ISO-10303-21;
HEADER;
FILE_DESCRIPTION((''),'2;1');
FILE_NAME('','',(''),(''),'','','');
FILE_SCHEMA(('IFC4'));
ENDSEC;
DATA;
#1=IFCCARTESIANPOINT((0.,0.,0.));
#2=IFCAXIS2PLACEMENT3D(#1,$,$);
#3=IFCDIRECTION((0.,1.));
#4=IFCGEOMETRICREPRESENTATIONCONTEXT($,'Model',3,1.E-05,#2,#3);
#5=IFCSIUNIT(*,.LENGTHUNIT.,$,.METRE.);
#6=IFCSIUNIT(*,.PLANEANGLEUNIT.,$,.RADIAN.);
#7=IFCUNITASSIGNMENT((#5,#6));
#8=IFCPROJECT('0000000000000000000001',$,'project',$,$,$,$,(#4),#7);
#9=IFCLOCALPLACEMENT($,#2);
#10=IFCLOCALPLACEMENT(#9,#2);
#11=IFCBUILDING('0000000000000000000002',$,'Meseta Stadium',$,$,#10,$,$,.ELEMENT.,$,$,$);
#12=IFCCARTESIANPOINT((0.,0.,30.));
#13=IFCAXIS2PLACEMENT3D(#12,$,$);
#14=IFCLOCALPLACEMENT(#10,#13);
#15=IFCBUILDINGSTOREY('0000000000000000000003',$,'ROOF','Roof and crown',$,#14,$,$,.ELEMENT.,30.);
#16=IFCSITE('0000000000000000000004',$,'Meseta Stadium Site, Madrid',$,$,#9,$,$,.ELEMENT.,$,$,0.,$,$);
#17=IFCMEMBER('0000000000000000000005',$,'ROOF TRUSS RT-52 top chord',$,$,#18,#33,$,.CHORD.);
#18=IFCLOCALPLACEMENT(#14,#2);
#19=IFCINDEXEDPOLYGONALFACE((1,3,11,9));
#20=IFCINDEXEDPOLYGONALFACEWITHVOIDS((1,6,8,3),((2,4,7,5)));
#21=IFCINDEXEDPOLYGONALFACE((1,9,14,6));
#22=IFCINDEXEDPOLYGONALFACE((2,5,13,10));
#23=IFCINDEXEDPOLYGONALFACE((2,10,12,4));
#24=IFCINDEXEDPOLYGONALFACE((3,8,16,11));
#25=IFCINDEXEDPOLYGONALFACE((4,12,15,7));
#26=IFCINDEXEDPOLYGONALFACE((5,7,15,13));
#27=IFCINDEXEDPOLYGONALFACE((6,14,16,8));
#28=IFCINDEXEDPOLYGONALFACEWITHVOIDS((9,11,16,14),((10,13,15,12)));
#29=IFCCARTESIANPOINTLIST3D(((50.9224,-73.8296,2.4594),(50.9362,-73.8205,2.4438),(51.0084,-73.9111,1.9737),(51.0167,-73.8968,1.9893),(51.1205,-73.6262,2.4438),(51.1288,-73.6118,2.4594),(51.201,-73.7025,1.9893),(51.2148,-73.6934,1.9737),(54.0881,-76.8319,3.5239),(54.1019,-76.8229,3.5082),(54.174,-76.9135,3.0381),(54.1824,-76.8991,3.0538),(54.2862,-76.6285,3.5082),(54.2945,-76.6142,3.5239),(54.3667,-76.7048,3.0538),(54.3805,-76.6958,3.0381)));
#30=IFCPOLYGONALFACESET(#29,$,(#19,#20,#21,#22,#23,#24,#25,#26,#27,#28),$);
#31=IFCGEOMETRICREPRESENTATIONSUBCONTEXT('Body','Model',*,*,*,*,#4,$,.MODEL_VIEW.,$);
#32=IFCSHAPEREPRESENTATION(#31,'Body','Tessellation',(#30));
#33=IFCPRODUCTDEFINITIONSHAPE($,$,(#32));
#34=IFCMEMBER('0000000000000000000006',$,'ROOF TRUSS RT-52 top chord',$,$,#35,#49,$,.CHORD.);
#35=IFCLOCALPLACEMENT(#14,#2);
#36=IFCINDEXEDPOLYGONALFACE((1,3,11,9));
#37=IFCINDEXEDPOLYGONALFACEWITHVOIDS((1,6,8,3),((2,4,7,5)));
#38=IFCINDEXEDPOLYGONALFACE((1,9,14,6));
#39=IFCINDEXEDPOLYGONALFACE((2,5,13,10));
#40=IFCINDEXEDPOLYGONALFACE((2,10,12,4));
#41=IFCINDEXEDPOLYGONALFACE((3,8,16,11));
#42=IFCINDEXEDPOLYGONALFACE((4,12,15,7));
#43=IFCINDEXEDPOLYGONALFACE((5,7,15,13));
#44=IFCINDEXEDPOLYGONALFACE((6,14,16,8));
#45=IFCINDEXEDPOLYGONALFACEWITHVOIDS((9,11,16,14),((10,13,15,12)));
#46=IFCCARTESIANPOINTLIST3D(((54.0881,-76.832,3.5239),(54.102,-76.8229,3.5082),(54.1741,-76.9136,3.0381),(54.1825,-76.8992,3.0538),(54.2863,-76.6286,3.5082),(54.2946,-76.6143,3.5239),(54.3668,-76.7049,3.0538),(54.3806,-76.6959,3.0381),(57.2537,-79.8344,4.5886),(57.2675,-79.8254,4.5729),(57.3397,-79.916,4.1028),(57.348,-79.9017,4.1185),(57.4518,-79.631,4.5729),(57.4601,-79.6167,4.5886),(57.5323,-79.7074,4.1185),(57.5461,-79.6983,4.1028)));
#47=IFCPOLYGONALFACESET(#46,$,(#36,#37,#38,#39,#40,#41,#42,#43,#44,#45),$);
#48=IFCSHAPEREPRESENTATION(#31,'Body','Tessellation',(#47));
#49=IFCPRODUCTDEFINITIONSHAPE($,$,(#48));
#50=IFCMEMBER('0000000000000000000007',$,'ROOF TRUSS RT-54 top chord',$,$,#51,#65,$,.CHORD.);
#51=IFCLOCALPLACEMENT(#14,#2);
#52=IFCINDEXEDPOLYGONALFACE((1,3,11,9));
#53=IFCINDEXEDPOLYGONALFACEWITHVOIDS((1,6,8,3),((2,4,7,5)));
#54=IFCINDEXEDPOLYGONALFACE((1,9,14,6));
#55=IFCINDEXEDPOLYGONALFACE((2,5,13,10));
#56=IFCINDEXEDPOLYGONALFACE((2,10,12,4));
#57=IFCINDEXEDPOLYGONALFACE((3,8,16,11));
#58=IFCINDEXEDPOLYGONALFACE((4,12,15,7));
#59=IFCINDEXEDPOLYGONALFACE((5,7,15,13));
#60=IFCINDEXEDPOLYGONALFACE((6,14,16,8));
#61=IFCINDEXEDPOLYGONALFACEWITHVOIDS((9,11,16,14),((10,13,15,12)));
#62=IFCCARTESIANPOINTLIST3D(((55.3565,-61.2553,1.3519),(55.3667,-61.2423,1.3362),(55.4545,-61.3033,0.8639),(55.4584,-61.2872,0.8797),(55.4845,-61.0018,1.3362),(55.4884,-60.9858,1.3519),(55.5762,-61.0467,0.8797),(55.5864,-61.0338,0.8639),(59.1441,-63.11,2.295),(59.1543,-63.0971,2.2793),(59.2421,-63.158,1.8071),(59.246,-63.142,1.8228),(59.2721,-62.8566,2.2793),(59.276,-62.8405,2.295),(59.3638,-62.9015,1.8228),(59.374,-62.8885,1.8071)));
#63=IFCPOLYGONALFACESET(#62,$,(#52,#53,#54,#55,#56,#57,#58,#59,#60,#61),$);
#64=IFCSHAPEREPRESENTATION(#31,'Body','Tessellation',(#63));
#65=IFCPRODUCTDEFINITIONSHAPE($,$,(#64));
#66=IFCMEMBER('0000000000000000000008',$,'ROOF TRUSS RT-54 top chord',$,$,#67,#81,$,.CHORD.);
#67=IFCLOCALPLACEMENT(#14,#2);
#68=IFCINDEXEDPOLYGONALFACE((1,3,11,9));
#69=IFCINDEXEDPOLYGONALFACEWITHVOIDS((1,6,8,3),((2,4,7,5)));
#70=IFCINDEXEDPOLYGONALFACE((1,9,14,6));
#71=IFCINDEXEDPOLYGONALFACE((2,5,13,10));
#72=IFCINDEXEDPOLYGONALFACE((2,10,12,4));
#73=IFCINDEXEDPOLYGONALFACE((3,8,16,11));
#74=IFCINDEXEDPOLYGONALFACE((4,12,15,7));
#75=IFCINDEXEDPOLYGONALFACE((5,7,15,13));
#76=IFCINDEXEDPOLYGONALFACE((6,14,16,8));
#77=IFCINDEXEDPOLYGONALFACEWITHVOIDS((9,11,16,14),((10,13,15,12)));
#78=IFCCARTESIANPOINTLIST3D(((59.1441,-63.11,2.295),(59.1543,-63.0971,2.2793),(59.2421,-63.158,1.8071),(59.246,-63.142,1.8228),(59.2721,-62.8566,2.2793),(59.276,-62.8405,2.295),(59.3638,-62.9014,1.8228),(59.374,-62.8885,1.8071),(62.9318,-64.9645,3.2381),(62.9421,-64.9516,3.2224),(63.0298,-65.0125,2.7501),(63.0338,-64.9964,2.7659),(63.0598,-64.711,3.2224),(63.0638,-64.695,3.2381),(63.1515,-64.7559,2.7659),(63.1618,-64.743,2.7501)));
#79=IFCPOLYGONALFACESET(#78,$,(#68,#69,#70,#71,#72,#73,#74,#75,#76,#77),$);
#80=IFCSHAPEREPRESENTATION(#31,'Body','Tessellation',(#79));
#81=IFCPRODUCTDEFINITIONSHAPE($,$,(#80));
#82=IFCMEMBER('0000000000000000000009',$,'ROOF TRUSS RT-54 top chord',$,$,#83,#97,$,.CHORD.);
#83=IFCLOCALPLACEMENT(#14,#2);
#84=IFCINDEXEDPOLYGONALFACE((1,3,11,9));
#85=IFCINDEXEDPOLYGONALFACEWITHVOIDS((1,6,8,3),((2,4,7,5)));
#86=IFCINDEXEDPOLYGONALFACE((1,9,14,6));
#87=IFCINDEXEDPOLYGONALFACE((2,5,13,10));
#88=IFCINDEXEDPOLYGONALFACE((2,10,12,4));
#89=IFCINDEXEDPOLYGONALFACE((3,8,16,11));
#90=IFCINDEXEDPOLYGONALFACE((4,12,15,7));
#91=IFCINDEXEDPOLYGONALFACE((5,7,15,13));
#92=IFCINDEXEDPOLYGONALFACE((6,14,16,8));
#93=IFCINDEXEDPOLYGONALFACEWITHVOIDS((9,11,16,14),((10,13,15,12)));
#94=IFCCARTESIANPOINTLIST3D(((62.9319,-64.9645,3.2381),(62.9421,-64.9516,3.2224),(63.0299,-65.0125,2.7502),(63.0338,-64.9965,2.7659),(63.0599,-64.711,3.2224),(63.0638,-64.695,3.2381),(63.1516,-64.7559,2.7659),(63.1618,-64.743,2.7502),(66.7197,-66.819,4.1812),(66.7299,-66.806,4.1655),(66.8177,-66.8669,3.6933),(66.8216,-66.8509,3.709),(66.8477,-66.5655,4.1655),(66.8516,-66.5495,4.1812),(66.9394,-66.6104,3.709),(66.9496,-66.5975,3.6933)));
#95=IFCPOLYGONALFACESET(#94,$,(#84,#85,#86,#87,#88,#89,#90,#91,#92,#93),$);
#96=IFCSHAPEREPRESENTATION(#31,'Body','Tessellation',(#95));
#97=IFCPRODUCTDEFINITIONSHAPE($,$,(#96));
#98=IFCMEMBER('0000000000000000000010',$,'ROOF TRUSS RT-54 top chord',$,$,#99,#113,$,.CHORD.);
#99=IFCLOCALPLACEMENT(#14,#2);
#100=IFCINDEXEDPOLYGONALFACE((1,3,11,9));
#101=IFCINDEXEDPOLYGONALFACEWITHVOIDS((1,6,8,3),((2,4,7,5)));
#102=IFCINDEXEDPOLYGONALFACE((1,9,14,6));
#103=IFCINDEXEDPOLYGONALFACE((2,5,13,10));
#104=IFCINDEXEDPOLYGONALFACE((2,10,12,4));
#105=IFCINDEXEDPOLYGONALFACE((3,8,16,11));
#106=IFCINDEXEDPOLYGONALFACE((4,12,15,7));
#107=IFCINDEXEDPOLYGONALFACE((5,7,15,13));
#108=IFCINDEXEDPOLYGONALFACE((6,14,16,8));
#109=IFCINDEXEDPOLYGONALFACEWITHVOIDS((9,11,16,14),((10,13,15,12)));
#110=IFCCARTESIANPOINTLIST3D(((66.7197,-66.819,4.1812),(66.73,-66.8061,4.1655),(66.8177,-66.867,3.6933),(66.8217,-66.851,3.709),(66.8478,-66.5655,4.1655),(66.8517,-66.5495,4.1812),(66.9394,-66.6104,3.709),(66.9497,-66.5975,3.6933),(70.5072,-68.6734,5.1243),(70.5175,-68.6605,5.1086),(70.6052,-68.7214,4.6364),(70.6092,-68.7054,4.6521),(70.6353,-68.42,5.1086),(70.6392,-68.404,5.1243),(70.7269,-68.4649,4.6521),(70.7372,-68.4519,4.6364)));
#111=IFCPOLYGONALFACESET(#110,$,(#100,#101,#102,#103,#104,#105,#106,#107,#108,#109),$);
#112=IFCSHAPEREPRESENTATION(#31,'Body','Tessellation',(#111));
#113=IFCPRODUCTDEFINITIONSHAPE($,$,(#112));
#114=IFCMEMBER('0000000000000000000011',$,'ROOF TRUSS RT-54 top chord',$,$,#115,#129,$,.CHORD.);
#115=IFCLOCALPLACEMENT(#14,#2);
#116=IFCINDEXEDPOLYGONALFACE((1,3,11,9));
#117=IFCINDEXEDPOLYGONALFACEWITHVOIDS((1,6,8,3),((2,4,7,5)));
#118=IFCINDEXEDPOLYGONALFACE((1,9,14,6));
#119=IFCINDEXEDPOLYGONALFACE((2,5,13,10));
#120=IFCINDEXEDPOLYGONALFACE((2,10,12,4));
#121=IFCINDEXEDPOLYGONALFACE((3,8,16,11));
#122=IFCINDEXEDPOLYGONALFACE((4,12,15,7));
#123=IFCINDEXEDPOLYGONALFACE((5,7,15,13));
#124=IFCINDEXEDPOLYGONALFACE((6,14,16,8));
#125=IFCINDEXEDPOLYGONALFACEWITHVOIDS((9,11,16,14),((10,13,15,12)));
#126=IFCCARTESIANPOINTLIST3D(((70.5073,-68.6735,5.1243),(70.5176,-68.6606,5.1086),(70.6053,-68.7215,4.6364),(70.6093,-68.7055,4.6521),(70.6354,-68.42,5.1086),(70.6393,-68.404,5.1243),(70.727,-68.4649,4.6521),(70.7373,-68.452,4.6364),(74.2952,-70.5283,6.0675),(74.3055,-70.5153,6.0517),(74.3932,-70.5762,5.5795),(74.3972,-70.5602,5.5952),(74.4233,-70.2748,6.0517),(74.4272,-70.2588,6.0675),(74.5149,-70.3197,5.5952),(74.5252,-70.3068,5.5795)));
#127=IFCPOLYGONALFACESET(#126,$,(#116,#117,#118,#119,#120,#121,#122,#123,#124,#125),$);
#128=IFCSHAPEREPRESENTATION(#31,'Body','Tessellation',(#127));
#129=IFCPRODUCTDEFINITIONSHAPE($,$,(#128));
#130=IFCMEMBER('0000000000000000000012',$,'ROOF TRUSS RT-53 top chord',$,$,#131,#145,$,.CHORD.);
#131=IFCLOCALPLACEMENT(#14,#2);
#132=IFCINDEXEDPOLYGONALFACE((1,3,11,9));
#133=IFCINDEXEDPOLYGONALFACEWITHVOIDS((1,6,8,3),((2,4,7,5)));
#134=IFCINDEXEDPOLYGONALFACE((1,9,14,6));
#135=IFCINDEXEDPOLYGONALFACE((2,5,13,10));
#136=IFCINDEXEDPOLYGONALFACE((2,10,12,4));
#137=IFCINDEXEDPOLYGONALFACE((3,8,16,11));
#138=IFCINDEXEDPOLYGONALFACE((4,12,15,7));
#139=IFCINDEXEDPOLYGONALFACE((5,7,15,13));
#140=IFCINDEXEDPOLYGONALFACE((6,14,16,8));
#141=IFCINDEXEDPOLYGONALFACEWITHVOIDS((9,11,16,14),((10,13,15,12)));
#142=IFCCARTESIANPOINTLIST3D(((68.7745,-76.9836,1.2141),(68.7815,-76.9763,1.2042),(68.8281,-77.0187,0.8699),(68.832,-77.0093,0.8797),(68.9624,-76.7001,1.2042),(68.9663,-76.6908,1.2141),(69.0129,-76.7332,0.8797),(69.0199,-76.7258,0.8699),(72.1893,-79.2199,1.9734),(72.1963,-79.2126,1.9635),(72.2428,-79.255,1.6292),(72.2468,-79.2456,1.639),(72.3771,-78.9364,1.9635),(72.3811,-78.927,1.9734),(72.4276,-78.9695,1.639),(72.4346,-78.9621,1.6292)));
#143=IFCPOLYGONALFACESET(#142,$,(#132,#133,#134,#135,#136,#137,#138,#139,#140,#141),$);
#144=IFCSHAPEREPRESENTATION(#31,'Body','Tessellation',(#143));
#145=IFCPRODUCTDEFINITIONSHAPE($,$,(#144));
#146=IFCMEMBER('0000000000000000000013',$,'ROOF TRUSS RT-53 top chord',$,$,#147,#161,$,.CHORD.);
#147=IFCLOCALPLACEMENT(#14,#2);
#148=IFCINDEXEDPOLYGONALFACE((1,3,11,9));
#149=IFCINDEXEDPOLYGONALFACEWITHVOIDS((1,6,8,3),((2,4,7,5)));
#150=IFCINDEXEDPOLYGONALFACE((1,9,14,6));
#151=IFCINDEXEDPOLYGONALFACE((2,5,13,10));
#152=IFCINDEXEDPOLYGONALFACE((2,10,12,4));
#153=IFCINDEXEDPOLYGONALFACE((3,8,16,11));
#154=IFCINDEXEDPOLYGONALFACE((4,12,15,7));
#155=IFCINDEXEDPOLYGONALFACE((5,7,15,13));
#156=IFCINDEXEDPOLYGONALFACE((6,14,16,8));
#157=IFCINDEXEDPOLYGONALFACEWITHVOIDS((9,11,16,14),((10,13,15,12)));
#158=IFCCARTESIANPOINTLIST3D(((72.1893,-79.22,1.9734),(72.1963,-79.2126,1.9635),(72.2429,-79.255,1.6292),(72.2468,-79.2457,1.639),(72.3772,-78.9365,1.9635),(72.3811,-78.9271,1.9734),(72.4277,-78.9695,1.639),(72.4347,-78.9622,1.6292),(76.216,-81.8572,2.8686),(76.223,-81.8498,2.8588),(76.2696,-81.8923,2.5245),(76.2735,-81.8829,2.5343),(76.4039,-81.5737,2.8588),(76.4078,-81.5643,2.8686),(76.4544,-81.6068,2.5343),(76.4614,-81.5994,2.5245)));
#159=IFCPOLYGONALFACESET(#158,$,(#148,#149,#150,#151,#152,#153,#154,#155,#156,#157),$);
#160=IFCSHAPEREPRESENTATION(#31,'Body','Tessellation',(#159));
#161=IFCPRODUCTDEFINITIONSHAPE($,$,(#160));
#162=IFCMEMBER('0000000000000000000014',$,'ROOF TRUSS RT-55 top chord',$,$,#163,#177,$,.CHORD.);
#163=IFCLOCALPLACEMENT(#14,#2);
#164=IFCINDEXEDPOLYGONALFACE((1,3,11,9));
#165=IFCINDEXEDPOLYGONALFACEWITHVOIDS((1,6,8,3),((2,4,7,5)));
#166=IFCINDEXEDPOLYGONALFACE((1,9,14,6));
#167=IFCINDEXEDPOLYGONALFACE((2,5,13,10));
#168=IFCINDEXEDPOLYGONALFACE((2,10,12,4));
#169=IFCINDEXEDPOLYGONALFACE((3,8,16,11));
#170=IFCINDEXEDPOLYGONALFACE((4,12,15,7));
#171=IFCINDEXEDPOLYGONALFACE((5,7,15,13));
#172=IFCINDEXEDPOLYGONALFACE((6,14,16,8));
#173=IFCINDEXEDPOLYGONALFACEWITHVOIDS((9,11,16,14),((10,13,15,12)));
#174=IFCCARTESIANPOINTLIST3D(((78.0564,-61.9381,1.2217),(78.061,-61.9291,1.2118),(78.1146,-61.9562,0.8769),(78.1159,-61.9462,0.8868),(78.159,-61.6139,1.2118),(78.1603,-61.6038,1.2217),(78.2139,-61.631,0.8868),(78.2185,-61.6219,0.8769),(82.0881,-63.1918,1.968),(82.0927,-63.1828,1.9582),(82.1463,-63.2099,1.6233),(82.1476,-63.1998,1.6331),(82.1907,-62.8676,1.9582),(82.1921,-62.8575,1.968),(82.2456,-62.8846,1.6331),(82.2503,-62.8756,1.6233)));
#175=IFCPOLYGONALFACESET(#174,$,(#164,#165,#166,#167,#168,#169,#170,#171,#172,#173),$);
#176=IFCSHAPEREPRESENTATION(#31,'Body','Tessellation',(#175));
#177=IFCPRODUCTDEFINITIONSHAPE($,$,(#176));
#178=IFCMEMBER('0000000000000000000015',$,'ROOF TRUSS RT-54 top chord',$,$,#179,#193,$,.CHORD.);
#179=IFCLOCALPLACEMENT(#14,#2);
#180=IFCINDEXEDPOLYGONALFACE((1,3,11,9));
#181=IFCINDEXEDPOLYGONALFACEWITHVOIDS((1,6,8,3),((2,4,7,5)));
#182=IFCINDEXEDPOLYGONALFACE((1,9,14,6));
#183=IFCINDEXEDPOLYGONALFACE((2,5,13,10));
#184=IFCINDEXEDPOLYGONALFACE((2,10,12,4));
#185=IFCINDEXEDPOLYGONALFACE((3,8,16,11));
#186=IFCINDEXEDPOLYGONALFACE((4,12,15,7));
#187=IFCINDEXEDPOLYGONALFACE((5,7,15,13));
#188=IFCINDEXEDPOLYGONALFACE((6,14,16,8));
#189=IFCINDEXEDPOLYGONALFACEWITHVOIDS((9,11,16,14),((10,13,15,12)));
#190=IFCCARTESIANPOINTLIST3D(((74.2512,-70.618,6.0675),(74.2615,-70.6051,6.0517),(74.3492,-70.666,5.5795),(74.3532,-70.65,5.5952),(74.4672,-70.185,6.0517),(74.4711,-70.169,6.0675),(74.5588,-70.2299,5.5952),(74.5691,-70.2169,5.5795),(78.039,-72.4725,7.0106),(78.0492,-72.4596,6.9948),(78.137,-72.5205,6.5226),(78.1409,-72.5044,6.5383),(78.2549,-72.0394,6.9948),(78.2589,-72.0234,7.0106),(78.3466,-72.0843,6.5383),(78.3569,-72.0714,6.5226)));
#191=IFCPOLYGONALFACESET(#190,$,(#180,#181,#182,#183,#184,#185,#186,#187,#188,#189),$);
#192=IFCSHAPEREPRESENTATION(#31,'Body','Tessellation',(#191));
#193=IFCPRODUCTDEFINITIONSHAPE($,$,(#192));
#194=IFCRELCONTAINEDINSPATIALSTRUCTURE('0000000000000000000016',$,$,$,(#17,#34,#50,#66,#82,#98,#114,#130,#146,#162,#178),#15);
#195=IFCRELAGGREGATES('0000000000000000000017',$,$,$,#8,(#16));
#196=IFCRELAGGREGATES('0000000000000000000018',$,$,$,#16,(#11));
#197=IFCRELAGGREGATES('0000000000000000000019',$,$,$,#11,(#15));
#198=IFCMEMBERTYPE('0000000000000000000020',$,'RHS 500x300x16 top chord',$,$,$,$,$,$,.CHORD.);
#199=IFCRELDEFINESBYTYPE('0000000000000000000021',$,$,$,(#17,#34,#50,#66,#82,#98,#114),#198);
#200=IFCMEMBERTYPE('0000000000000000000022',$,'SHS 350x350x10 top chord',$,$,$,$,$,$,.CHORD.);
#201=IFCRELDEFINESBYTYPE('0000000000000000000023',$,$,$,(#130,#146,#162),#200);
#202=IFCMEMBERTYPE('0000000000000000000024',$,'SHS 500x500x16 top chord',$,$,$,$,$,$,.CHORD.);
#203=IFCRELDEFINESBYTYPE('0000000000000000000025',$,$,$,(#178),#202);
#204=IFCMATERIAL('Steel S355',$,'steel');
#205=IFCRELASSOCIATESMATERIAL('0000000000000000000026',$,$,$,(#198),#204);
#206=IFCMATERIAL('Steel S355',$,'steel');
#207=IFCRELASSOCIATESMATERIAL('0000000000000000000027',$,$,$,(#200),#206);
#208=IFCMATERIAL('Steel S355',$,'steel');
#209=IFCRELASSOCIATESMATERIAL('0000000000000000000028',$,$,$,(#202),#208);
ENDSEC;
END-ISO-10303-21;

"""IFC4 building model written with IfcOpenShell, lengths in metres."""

from ifc_helpers import new_model, si_unit, direction, frame, origin, origin_2d, place, context, subcontext, project, spatial, hollow_rectangle, extrude, material, material_profile, profile_set, type_object, element, save


model = new_model("IFC4")

# Units and contexts
model_context = context("Model", 3, precision=1e-05, world=origin(), true_north=direction((0.0, 1.0)))
body_context = subcontext(model_context, "Body", "Model", "MODEL_VIEW")
ifc_project = project(units=[si_unit("LENGTHUNIT", "METRE"), si_unit("PLANEANGLEUNIT", "RADIAN")], contexts=[model_context])

# Site, building, storey
site_placement = place(None, origin())
site = spatial("IfcSite", under=ifc_project, at=site_placement, Name="Meseta Stadium Site, Madrid", CompositionType="ELEMENT", RefElevation=0.0)
building_placement = place(site_placement, origin())
building = spatial("IfcBuilding", under=site, at=building_placement, Name="Meseta Stadium", CompositionType="ELEMENT")
storey_placement = place(building_placement, frame((0.0, 0.0, 30.0)))
storey = spatial("IfcBuildingStorey", under=building, at=storey_placement, Name="ROOF", Description="Roof and crown", CompositionType="ELEMENT", Elevation=30.0)

# Members
ifc_material_1 = material(Name="Steel S355", Category="steel")
ifc_material_profile_1 = material_profile(ifc_material_1, hollow_rectangle(XDim=0.3, YDim=0.5, WallThickness=0.0161, at=origin_2d()), Name="RHS 500x300x16")
ifc_profile_set_1 = profile_set([ifc_material_profile_1], Name="Steel S355")
member_type_1 = type_object("IfcMemberType", Name="RHS 500x300x16 top chord", PredefinedType="CHORD", material=ifc_profile_set_1)
for number, where, z_axis, x_axis, name in (
    (1, (51.0686, -73.7615, 2.2166), (0.704902, -0.668534, 0.237015), (0.688142, 0.725576, 0.0), "ROOF TRUSS RT-52 top chord"),
    (2, (54.2344, -76.7639, 3.281), (0.704865, -0.668551, 0.237075), (0.68817, 0.72555, 0.0), "ROOF TRUSS RT-52 top chord"),
):
    element("IfcMember", number, at=place(storey_placement, frame(where, z_axis=z_axis, x_axis=x_axis)), inside=storey, type_object=member_type_1, Name=name, PredefinedType="CHORD", context=body_context, shape_type="SweptSolid", body=[
        extrude(hollow_rectangle(XDim=0.3, YDim=0.5, WallThickness=0.0161, at=origin_2d()), origin(), (0.0, 0.0, 1.0), 4.491),
    ])
for number, where, z_axis, x_axis, name in (
    (3, (55.4714, -61.1445, 1.1079), (0.876453, -0.429188, 0.218238), (0.439788, 0.898101, 0.0), "ROOF TRUSS RT-54 top chord"),
    (4, (59.259, -62.9993, 2.051), (0.876488, -0.42912, 0.218232), (0.439719, 0.898135, 0.0), "ROOF TRUSS RT-54 top chord"),
    (5, (63.0469, -64.8538, 2.9941), (0.876488, -0.42912, 0.218232), (0.439719, 0.898135, 0.0), "ROOF TRUSS RT-54 top chord"),
):
    element("IfcMember", number, at=place(storey_placement, frame(where, z_axis=z_axis, x_axis=x_axis)), inside=storey, type_object=member_type_1, Name=name, PredefinedType="CHORD", context=body_context, shape_type="SweptSolid", body=[
        extrude(hollow_rectangle(XDim=0.3, YDim=0.5, WallThickness=0.0161, at=origin_2d()), origin(), (0.0, 0.0, 1.0), 4.3215),
    ])
member_1_placement = place(storey_placement, frame((66.8347, -66.7083, 3.9373), z_axis=(0.876475, -0.429141, 0.218243), x_axis=(0.439742, 0.898124, 0.0)))
element("IfcMember", 6, at=member_1_placement, inside=storey, type_object=member_type_1, Name="ROOF TRUSS RT-54 top chord", PredefinedType="CHORD", context=body_context, shape_type="SweptSolid", body=[
    extrude(hollow_rectangle(XDim=0.3, YDim=0.5, WallThickness=0.0161, at=origin_2d()), origin(), (0.0, 0.0, 1.0), 4.3213),
])
member_2_placement = place(storey_placement, frame((70.6223, -68.5627, 4.8804), z_axis=(0.876466, -0.429166, 0.218227), x_axis=(0.439765, 0.898113, 0.0)))
element("IfcMember", 7, at=member_2_placement, inside=storey, type_object=member_type_1, Name="ROOF TRUSS RT-54 top chord", PredefinedType="CHORD", context=body_context, shape_type="SweptSolid", body=[
    extrude(hollow_rectangle(XDim=0.3, YDim=0.5, WallThickness=0.0161, at=origin_2d()), origin(), (0.0, 0.0, 1.0), 4.3218),
])
ifc_material_2 = material(Name="Steel S355", Category="steel")
ifc_material_profile_2 = material_profile(ifc_material_2, hollow_rectangle(XDim=0.3501, YDim=0.3501, WallThickness=0.01, at=origin_2d()), Name="SHS 350x350x10")
ifc_profile_set_2 = profile_set([ifc_material_profile_2], Name="Steel S355")
member_type_2 = type_object("IfcMemberType", Name="SHS 350x350x10 top chord", PredefinedType="CHORD", material=ifc_profile_set_2)
member_3_placement = place(storey_placement, frame((68.8972, -76.8547, 1.042), z_axis=(0.82246, -0.538624, 0.182874), x_axis=(0.547863, 0.836568, 0.0)))
element("IfcMember", 8, at=member_3_placement, inside=storey, type_object=member_type_2, Name="ROOF TRUSS RT-53 top chord", PredefinedType="CHORD", context=body_context, shape_type="SweptSolid", body=[
    extrude(hollow_rectangle(XDim=0.3501, YDim=0.3501, WallThickness=0.01, at=origin_2d()), origin(), (0.0, 0.0, 1.0), 4.1519),
])
member_4_placement = place(storey_placement, frame((72.312, -79.0911, 1.8013), z_axis=(0.822444, -0.538655, 0.182859), x_axis=(0.547893, 0.836549, 0.0)))
element("IfcMember", 9, at=member_4_placement, inside=storey, type_object=member_type_2, Name="ROOF TRUSS RT-53 top chord", PredefinedType="CHORD", context=body_context, shape_type="SweptSolid", body=[
    extrude(hollow_rectangle(XDim=0.3501, YDim=0.3501, WallThickness=0.01, at=origin_2d()), origin(), (0.0, 0.0, 1.0), 4.896),
])
member_5_placement = place(storey_placement, frame((78.1375, -61.78, 1.0493), z_axis=(0.940323, -0.292392, 0.174068), x_axis=(0.296925, 0.954901, 0.0)))
element("IfcMember", 10, at=member_5_placement, inside=storey, type_object=member_type_2, Name="ROOF TRUSS RT-55 top chord", PredefinedType="CHORD", context=body_context, shape_type="SweptSolid", body=[
    extrude(hollow_rectangle(XDim=0.3501, YDim=0.3501, WallThickness=0.01, at=origin_2d()), origin(), (0.0, 0.0, 1.0), 4.2876),
])
ifc_material_3 = material(Name="Steel S355", Category="steel")
ifc_material_profile_3 = material_profile(ifc_material_3, hollow_rectangle(XDim=0.5, YDim=0.5, WallThickness=0.0161, at=origin_2d()), Name="SHS 500x500x16")
ifc_profile_set_3 = profile_set([ifc_material_profile_3], Name="Steel S355")
member_type_3 = type_object("IfcMemberType", Name="SHS 500x500x16 top chord", PredefinedType="CHORD", material=ifc_profile_set_3)
member_6_placement = place(storey_placement, frame((74.4102, -70.4175, 5.8235), z_axis=(0.876488, -0.42912, 0.218232), x_axis=(0.439719, 0.898135, 0.0)))
element("IfcMember", 11, at=member_6_placement, inside=storey, type_object=member_type_3, Name="ROOF TRUSS RT-54 top chord", PredefinedType="CHORD", context=body_context, shape_type="SweptSolid", body=[
    extrude(hollow_rectangle(XDim=0.5, YDim=0.5, WallThickness=0.0161, at=origin_2d()), origin(), (0.0, 0.0, 1.0), 4.3215),
])

save(model, "model.ifc")
